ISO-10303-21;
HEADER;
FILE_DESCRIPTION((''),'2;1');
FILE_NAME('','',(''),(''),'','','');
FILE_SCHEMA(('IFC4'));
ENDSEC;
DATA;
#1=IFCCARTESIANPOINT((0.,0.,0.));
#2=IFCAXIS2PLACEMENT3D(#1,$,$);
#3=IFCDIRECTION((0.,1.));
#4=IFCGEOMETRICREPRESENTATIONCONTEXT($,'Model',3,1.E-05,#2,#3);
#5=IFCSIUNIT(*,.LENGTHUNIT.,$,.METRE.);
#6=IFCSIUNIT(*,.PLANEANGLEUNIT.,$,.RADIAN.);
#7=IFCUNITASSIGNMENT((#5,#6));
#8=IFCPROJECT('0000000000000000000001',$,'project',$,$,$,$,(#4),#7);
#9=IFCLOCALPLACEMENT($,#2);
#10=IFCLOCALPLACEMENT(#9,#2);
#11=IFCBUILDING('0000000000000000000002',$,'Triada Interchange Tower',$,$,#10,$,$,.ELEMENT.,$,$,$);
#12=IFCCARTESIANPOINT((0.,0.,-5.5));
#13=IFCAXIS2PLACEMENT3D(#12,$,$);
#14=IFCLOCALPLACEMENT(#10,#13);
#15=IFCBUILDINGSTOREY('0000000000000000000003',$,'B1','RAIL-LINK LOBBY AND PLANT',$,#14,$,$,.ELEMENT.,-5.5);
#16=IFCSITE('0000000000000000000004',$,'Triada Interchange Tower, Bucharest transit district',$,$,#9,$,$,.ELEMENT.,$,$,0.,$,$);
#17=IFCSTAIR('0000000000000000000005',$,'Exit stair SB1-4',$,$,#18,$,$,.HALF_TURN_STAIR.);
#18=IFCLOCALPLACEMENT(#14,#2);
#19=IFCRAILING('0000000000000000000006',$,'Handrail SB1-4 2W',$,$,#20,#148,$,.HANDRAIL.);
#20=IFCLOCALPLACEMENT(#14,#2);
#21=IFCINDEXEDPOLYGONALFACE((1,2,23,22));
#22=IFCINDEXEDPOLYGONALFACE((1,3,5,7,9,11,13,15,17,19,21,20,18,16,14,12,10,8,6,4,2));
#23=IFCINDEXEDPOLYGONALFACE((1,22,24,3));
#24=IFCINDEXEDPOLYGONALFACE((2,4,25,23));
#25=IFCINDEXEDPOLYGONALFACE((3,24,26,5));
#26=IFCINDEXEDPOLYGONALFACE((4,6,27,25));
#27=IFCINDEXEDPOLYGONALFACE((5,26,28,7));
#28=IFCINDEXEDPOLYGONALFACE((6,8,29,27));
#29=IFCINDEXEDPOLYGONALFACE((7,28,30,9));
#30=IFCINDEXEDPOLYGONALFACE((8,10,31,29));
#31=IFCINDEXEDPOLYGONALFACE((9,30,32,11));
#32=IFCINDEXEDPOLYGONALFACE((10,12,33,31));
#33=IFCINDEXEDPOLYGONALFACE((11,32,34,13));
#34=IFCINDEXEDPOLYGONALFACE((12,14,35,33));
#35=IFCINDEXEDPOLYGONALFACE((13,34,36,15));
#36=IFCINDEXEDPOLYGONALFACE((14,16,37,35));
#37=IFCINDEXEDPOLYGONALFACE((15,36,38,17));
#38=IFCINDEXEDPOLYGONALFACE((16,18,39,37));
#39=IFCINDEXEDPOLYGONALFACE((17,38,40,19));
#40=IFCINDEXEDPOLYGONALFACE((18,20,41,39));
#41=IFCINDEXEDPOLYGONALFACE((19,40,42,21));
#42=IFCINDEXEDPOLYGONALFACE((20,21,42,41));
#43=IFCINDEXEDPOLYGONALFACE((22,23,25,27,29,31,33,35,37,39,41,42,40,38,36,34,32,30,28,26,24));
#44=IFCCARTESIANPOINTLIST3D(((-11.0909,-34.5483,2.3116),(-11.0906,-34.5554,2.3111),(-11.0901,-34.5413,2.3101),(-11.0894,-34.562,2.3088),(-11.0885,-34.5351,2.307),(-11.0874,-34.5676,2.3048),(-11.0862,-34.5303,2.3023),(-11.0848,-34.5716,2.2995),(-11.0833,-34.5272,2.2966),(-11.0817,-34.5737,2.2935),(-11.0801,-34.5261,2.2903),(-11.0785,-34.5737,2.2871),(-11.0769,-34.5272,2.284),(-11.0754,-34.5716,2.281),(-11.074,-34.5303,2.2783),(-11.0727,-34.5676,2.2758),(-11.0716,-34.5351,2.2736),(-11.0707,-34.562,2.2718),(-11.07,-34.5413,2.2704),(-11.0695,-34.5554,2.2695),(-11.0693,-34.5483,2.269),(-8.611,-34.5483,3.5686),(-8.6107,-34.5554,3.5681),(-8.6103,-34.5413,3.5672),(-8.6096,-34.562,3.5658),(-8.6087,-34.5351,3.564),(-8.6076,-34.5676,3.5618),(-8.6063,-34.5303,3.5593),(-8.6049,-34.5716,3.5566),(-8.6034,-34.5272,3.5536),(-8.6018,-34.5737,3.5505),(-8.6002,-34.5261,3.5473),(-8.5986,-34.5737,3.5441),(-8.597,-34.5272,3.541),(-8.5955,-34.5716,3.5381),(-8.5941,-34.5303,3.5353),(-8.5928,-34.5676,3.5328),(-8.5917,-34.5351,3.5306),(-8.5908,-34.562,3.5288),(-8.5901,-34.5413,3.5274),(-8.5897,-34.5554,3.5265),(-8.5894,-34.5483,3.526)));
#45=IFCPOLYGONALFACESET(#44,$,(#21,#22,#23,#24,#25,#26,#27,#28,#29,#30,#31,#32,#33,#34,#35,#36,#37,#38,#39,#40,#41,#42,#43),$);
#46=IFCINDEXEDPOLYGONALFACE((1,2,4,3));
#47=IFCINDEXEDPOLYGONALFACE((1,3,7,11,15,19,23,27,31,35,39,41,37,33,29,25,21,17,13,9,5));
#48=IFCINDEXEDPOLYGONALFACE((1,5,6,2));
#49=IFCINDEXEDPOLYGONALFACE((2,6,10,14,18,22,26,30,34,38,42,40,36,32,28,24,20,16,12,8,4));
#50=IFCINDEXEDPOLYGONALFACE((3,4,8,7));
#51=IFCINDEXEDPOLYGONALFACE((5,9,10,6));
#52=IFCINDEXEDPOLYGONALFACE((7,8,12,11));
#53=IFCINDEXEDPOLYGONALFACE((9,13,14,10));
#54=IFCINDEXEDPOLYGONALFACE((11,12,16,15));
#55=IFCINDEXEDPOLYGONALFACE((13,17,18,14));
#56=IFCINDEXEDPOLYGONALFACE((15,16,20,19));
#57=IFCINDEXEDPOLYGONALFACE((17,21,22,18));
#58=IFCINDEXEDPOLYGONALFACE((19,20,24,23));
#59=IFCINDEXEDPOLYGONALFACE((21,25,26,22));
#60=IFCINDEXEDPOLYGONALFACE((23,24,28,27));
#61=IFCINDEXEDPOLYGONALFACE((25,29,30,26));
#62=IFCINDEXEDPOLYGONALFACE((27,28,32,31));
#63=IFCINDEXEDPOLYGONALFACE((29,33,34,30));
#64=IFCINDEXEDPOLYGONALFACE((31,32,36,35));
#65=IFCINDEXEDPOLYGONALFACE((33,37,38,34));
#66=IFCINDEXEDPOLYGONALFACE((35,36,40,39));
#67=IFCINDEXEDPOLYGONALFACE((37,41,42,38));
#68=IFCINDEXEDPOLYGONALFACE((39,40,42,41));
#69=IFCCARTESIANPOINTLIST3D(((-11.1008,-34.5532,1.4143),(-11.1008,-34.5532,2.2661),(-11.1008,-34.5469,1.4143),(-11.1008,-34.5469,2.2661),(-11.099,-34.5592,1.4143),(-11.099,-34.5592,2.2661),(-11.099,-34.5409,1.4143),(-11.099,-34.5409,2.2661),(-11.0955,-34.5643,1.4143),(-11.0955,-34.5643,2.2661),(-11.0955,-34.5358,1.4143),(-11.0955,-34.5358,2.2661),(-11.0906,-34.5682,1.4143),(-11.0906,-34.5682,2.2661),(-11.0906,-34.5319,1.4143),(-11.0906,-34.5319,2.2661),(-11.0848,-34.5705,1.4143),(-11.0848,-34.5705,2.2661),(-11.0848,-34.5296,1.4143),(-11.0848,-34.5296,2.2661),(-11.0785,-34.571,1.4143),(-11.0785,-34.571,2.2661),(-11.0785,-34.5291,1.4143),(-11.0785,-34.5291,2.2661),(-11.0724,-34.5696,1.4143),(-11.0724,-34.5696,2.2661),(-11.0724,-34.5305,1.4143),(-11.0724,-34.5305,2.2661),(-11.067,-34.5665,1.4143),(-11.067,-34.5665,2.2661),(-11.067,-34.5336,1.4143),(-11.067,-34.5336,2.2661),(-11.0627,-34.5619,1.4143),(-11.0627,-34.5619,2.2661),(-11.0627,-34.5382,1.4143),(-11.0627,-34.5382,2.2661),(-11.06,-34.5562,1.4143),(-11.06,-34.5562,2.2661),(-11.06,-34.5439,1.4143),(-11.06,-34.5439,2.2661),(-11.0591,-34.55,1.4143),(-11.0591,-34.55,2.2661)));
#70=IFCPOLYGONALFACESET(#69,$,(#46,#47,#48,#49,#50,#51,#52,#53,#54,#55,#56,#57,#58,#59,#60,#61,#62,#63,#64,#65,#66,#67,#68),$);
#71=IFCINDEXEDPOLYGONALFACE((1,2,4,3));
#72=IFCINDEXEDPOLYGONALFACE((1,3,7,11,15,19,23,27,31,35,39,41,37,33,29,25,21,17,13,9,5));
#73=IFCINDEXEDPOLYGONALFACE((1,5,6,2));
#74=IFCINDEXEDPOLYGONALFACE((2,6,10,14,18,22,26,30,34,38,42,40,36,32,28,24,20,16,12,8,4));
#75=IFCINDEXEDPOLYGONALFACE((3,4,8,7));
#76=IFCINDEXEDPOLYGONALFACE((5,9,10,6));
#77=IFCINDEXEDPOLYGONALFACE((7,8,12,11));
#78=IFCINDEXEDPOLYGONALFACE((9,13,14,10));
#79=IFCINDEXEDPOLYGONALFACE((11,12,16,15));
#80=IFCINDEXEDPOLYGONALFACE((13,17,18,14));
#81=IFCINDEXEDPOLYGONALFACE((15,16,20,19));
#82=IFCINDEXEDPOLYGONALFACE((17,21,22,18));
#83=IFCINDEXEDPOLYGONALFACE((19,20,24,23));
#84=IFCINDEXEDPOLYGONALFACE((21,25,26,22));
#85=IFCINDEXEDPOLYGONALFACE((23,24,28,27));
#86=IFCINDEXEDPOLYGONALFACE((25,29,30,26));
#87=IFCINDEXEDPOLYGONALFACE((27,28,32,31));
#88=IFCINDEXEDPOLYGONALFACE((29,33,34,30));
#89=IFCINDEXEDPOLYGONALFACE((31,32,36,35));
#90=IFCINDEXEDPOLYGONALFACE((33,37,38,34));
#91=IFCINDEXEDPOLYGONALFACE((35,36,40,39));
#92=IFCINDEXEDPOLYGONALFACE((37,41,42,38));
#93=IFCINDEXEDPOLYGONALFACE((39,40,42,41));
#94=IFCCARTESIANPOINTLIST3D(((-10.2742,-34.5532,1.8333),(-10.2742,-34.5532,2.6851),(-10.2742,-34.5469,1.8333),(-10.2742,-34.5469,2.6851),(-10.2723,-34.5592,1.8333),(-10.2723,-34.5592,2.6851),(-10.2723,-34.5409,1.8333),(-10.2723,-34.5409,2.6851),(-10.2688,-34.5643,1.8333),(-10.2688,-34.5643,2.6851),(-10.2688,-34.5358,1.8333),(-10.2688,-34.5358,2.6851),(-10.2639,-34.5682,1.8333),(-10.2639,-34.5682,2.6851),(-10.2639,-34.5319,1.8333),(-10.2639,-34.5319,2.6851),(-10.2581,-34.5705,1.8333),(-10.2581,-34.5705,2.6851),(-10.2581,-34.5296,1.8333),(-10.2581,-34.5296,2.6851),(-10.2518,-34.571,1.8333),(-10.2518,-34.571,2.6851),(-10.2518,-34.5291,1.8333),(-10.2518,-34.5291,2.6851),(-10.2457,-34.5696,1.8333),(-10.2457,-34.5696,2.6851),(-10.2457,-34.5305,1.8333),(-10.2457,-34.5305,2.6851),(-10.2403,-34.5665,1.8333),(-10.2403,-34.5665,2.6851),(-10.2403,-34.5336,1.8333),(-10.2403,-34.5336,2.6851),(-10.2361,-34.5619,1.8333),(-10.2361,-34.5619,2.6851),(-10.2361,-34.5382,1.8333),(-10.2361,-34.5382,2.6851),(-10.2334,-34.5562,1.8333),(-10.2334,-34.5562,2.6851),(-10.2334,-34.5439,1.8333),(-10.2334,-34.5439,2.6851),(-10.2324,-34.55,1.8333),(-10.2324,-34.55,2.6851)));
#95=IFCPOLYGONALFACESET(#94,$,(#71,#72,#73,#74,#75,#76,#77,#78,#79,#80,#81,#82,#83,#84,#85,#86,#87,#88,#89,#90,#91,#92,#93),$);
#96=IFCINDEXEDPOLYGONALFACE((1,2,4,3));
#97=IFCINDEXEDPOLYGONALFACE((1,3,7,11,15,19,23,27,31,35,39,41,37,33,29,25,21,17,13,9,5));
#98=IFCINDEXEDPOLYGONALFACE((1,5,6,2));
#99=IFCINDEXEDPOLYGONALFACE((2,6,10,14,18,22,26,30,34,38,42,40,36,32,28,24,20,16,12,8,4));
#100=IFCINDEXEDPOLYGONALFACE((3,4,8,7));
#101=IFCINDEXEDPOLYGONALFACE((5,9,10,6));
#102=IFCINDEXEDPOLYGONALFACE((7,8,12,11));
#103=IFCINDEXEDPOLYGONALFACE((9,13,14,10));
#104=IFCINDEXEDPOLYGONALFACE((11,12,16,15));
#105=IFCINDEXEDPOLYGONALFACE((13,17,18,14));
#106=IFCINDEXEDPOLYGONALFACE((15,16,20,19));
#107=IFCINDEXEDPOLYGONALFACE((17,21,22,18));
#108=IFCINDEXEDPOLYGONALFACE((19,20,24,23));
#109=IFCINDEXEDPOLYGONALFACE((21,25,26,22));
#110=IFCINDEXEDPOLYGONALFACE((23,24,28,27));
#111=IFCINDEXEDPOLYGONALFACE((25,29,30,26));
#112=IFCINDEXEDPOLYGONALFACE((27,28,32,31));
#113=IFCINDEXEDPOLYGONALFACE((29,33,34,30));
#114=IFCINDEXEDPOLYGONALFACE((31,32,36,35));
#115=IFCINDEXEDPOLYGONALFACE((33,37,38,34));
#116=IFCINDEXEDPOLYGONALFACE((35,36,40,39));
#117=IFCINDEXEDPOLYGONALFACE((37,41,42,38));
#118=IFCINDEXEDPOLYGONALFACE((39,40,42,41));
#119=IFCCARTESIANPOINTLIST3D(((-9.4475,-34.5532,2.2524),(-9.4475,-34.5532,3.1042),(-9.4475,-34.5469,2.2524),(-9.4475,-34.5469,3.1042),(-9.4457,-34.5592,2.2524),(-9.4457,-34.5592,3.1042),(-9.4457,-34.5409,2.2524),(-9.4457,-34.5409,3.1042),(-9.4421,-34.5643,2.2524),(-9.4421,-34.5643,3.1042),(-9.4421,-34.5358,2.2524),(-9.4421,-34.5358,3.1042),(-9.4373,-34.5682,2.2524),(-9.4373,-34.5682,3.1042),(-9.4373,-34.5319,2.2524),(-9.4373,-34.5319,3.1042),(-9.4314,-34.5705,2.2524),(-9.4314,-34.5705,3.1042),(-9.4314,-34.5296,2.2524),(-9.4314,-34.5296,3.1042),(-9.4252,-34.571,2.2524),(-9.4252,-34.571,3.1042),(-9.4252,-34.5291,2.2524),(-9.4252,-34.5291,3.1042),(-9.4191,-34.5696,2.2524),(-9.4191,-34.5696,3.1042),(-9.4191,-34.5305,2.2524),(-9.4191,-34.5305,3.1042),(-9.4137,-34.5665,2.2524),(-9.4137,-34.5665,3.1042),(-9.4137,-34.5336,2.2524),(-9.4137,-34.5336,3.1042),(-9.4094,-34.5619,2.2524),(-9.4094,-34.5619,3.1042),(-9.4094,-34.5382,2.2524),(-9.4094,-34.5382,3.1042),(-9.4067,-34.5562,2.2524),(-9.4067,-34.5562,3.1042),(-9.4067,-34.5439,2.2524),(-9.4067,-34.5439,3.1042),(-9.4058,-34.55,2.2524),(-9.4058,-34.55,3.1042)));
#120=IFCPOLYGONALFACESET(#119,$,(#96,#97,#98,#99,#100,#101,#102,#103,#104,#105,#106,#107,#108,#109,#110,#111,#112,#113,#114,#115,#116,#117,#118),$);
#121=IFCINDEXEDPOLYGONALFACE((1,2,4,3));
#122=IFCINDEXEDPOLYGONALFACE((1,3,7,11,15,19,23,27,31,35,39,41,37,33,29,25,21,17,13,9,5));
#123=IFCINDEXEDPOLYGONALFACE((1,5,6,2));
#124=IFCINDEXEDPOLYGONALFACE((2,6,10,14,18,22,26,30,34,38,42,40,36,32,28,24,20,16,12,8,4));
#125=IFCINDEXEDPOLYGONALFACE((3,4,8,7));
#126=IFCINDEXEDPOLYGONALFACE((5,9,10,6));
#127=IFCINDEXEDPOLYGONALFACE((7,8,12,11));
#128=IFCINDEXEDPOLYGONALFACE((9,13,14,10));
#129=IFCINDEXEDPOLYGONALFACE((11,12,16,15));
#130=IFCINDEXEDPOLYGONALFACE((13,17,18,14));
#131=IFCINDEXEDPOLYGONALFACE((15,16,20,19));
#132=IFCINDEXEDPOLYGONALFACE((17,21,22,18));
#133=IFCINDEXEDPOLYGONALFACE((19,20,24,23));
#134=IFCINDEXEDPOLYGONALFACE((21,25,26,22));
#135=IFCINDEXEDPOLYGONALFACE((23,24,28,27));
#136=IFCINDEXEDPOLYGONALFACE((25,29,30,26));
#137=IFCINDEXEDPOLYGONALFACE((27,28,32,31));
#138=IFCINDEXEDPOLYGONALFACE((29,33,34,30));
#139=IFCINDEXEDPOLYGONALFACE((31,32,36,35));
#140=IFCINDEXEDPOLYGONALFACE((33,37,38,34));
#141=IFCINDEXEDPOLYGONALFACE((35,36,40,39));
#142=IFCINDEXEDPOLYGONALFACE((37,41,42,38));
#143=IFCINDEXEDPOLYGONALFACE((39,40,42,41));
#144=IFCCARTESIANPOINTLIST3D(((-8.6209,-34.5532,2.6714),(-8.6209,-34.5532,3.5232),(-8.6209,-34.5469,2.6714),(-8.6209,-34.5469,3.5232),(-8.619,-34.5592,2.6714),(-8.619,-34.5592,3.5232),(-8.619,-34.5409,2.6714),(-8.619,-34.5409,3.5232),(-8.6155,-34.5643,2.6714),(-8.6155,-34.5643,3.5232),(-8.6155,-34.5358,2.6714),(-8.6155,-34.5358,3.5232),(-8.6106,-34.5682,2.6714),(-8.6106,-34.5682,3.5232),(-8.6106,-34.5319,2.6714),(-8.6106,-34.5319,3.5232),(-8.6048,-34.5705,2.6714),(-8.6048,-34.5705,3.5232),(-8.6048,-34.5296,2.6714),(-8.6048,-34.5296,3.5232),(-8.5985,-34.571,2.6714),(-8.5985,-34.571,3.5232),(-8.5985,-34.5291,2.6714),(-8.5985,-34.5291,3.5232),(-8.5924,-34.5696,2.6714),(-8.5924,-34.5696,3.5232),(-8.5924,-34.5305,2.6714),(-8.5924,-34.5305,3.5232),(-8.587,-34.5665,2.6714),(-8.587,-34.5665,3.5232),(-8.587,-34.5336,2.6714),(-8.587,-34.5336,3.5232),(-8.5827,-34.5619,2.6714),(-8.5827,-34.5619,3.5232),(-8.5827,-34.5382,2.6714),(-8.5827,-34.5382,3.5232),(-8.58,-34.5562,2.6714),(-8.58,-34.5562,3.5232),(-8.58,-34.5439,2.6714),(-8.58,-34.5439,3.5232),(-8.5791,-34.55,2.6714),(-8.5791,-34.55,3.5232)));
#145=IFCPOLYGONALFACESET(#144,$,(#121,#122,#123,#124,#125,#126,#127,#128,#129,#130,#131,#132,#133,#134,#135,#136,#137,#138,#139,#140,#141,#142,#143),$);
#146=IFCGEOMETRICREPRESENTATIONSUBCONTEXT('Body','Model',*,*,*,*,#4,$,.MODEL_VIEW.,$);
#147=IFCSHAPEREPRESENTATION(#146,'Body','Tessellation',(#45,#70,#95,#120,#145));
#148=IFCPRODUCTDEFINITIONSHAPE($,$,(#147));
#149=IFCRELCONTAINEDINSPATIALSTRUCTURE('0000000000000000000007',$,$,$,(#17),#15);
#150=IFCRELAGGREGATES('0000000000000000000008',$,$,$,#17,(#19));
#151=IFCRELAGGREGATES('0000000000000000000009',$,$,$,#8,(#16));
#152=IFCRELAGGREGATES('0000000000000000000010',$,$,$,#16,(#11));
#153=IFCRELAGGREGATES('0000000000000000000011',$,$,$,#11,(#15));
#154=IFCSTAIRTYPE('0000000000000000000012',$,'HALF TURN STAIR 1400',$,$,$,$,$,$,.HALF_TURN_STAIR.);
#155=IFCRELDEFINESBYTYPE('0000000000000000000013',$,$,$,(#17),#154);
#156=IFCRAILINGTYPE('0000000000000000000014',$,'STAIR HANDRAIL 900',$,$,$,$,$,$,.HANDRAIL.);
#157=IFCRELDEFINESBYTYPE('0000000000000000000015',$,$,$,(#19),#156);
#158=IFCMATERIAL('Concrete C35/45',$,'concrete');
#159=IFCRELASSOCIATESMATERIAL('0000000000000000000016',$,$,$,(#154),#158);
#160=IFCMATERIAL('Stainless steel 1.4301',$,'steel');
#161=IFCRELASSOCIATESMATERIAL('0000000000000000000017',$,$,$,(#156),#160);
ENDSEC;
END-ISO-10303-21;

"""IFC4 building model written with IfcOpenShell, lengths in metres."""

from ifc_helpers import new_model, si_unit, direction, frame, origin, origin_2d, place, context, subcontext, project, spatial, circle, extrude, material, type_object, element, aggregate, save


model = new_model("IFC4")

# Units and contexts
model_context = context("Model", 3, precision=1e-05, world=origin(), true_north=direction((0.0, 1.0)))
body_context = subcontext(model_context, "Body", "Model", "MODEL_VIEW")
ifc_project = project(units=[si_unit("LENGTHUNIT", "METRE"), si_unit("PLANEANGLEUNIT", "RADIAN")], contexts=[model_context])

# Site, building, storey
site_placement = place(None, origin())
site = spatial("IfcSite", under=ifc_project, at=site_placement, Name="Triada Interchange Tower, Bucharest transit district", CompositionType="ELEMENT", RefElevation=0.0)
building_placement = place(site_placement, origin())
building = spatial("IfcBuilding", under=site, at=building_placement, Name="Triada Interchange Tower", CompositionType="ELEMENT")
storey_placement = place(building_placement, frame((0.0, 0.0, -5.5)))
storey = spatial("IfcBuildingStorey", under=building, at=storey_placement, Name="B1", Description="RAIL-LINK LOBBY AND PLANT", CompositionType="ELEMENT", Elevation=-5.5)

# Shared definitions
ifc_material_1 = material(Name="Concrete C35/45", Category="concrete")

# Stair, railing
stair_type = type_object("IfcStairType", Name="HALF TURN STAIR 1400", PredefinedType="HALF_TURN_STAIR", material=ifc_material_1)
stair_1_placement = place(storey_placement, origin())
stair_1 = element("IfcStair", 1, at=stair_1_placement, inside=storey, type_object=stair_type, Name="Exit stair SB1-4", PredefinedType="HALF_TURN_STAIR")
ifc_material_2 = material(Name="Stainless steel 1.4301", Category="steel")
railing_type_1 = type_object("IfcRailingType", Name="STAIR HANDRAIL 900", PredefinedType="HANDRAIL", material=ifc_material_2)
railing_1_placement = place(storey_placement, frame((-11.0801, -34.55, 1.4143)))
railing_1 = element("IfcRailing", 2, at=railing_1_placement, type_object=railing_type_1, Name="Handrail SB1-4 2W", PredefinedType="HANDRAIL", context=body_context, shape_type="SweptSolid", body=[
    extrude(circle(Radius=0.0239, at=origin_2d()), frame((0.0, 0.0, 0.876), z_axis=(0.891955, 0.0, 0.452124), x_axis=(0.0, 1.0, 0.0)), (0.0, 0.0, 1.0), 2.7803),
    extrude(circle(Radius=0.021, at=origin_2d()), origin(), (0.0, 0.0, 1.0), 0.8518),
    extrude(circle(Radius=0.021, at=origin_2d()), frame((0.8267, 0.0, 0.4189)), (0.0, 0.0, 1.0), 0.8518),
    extrude(circle(Radius=0.021, at=origin_2d()), frame((1.6533, 0.0, 0.8381)), (0.0, 0.0, 1.0), 0.8518),
    extrude(circle(Radius=0.021, at=origin_2d()), frame((2.48, 0.0, 1.2571)), (0.0, 0.0, 1.0), 0.8518),
])
aggregate(stair_1, [railing_1])

save(model, "model.ifc")
